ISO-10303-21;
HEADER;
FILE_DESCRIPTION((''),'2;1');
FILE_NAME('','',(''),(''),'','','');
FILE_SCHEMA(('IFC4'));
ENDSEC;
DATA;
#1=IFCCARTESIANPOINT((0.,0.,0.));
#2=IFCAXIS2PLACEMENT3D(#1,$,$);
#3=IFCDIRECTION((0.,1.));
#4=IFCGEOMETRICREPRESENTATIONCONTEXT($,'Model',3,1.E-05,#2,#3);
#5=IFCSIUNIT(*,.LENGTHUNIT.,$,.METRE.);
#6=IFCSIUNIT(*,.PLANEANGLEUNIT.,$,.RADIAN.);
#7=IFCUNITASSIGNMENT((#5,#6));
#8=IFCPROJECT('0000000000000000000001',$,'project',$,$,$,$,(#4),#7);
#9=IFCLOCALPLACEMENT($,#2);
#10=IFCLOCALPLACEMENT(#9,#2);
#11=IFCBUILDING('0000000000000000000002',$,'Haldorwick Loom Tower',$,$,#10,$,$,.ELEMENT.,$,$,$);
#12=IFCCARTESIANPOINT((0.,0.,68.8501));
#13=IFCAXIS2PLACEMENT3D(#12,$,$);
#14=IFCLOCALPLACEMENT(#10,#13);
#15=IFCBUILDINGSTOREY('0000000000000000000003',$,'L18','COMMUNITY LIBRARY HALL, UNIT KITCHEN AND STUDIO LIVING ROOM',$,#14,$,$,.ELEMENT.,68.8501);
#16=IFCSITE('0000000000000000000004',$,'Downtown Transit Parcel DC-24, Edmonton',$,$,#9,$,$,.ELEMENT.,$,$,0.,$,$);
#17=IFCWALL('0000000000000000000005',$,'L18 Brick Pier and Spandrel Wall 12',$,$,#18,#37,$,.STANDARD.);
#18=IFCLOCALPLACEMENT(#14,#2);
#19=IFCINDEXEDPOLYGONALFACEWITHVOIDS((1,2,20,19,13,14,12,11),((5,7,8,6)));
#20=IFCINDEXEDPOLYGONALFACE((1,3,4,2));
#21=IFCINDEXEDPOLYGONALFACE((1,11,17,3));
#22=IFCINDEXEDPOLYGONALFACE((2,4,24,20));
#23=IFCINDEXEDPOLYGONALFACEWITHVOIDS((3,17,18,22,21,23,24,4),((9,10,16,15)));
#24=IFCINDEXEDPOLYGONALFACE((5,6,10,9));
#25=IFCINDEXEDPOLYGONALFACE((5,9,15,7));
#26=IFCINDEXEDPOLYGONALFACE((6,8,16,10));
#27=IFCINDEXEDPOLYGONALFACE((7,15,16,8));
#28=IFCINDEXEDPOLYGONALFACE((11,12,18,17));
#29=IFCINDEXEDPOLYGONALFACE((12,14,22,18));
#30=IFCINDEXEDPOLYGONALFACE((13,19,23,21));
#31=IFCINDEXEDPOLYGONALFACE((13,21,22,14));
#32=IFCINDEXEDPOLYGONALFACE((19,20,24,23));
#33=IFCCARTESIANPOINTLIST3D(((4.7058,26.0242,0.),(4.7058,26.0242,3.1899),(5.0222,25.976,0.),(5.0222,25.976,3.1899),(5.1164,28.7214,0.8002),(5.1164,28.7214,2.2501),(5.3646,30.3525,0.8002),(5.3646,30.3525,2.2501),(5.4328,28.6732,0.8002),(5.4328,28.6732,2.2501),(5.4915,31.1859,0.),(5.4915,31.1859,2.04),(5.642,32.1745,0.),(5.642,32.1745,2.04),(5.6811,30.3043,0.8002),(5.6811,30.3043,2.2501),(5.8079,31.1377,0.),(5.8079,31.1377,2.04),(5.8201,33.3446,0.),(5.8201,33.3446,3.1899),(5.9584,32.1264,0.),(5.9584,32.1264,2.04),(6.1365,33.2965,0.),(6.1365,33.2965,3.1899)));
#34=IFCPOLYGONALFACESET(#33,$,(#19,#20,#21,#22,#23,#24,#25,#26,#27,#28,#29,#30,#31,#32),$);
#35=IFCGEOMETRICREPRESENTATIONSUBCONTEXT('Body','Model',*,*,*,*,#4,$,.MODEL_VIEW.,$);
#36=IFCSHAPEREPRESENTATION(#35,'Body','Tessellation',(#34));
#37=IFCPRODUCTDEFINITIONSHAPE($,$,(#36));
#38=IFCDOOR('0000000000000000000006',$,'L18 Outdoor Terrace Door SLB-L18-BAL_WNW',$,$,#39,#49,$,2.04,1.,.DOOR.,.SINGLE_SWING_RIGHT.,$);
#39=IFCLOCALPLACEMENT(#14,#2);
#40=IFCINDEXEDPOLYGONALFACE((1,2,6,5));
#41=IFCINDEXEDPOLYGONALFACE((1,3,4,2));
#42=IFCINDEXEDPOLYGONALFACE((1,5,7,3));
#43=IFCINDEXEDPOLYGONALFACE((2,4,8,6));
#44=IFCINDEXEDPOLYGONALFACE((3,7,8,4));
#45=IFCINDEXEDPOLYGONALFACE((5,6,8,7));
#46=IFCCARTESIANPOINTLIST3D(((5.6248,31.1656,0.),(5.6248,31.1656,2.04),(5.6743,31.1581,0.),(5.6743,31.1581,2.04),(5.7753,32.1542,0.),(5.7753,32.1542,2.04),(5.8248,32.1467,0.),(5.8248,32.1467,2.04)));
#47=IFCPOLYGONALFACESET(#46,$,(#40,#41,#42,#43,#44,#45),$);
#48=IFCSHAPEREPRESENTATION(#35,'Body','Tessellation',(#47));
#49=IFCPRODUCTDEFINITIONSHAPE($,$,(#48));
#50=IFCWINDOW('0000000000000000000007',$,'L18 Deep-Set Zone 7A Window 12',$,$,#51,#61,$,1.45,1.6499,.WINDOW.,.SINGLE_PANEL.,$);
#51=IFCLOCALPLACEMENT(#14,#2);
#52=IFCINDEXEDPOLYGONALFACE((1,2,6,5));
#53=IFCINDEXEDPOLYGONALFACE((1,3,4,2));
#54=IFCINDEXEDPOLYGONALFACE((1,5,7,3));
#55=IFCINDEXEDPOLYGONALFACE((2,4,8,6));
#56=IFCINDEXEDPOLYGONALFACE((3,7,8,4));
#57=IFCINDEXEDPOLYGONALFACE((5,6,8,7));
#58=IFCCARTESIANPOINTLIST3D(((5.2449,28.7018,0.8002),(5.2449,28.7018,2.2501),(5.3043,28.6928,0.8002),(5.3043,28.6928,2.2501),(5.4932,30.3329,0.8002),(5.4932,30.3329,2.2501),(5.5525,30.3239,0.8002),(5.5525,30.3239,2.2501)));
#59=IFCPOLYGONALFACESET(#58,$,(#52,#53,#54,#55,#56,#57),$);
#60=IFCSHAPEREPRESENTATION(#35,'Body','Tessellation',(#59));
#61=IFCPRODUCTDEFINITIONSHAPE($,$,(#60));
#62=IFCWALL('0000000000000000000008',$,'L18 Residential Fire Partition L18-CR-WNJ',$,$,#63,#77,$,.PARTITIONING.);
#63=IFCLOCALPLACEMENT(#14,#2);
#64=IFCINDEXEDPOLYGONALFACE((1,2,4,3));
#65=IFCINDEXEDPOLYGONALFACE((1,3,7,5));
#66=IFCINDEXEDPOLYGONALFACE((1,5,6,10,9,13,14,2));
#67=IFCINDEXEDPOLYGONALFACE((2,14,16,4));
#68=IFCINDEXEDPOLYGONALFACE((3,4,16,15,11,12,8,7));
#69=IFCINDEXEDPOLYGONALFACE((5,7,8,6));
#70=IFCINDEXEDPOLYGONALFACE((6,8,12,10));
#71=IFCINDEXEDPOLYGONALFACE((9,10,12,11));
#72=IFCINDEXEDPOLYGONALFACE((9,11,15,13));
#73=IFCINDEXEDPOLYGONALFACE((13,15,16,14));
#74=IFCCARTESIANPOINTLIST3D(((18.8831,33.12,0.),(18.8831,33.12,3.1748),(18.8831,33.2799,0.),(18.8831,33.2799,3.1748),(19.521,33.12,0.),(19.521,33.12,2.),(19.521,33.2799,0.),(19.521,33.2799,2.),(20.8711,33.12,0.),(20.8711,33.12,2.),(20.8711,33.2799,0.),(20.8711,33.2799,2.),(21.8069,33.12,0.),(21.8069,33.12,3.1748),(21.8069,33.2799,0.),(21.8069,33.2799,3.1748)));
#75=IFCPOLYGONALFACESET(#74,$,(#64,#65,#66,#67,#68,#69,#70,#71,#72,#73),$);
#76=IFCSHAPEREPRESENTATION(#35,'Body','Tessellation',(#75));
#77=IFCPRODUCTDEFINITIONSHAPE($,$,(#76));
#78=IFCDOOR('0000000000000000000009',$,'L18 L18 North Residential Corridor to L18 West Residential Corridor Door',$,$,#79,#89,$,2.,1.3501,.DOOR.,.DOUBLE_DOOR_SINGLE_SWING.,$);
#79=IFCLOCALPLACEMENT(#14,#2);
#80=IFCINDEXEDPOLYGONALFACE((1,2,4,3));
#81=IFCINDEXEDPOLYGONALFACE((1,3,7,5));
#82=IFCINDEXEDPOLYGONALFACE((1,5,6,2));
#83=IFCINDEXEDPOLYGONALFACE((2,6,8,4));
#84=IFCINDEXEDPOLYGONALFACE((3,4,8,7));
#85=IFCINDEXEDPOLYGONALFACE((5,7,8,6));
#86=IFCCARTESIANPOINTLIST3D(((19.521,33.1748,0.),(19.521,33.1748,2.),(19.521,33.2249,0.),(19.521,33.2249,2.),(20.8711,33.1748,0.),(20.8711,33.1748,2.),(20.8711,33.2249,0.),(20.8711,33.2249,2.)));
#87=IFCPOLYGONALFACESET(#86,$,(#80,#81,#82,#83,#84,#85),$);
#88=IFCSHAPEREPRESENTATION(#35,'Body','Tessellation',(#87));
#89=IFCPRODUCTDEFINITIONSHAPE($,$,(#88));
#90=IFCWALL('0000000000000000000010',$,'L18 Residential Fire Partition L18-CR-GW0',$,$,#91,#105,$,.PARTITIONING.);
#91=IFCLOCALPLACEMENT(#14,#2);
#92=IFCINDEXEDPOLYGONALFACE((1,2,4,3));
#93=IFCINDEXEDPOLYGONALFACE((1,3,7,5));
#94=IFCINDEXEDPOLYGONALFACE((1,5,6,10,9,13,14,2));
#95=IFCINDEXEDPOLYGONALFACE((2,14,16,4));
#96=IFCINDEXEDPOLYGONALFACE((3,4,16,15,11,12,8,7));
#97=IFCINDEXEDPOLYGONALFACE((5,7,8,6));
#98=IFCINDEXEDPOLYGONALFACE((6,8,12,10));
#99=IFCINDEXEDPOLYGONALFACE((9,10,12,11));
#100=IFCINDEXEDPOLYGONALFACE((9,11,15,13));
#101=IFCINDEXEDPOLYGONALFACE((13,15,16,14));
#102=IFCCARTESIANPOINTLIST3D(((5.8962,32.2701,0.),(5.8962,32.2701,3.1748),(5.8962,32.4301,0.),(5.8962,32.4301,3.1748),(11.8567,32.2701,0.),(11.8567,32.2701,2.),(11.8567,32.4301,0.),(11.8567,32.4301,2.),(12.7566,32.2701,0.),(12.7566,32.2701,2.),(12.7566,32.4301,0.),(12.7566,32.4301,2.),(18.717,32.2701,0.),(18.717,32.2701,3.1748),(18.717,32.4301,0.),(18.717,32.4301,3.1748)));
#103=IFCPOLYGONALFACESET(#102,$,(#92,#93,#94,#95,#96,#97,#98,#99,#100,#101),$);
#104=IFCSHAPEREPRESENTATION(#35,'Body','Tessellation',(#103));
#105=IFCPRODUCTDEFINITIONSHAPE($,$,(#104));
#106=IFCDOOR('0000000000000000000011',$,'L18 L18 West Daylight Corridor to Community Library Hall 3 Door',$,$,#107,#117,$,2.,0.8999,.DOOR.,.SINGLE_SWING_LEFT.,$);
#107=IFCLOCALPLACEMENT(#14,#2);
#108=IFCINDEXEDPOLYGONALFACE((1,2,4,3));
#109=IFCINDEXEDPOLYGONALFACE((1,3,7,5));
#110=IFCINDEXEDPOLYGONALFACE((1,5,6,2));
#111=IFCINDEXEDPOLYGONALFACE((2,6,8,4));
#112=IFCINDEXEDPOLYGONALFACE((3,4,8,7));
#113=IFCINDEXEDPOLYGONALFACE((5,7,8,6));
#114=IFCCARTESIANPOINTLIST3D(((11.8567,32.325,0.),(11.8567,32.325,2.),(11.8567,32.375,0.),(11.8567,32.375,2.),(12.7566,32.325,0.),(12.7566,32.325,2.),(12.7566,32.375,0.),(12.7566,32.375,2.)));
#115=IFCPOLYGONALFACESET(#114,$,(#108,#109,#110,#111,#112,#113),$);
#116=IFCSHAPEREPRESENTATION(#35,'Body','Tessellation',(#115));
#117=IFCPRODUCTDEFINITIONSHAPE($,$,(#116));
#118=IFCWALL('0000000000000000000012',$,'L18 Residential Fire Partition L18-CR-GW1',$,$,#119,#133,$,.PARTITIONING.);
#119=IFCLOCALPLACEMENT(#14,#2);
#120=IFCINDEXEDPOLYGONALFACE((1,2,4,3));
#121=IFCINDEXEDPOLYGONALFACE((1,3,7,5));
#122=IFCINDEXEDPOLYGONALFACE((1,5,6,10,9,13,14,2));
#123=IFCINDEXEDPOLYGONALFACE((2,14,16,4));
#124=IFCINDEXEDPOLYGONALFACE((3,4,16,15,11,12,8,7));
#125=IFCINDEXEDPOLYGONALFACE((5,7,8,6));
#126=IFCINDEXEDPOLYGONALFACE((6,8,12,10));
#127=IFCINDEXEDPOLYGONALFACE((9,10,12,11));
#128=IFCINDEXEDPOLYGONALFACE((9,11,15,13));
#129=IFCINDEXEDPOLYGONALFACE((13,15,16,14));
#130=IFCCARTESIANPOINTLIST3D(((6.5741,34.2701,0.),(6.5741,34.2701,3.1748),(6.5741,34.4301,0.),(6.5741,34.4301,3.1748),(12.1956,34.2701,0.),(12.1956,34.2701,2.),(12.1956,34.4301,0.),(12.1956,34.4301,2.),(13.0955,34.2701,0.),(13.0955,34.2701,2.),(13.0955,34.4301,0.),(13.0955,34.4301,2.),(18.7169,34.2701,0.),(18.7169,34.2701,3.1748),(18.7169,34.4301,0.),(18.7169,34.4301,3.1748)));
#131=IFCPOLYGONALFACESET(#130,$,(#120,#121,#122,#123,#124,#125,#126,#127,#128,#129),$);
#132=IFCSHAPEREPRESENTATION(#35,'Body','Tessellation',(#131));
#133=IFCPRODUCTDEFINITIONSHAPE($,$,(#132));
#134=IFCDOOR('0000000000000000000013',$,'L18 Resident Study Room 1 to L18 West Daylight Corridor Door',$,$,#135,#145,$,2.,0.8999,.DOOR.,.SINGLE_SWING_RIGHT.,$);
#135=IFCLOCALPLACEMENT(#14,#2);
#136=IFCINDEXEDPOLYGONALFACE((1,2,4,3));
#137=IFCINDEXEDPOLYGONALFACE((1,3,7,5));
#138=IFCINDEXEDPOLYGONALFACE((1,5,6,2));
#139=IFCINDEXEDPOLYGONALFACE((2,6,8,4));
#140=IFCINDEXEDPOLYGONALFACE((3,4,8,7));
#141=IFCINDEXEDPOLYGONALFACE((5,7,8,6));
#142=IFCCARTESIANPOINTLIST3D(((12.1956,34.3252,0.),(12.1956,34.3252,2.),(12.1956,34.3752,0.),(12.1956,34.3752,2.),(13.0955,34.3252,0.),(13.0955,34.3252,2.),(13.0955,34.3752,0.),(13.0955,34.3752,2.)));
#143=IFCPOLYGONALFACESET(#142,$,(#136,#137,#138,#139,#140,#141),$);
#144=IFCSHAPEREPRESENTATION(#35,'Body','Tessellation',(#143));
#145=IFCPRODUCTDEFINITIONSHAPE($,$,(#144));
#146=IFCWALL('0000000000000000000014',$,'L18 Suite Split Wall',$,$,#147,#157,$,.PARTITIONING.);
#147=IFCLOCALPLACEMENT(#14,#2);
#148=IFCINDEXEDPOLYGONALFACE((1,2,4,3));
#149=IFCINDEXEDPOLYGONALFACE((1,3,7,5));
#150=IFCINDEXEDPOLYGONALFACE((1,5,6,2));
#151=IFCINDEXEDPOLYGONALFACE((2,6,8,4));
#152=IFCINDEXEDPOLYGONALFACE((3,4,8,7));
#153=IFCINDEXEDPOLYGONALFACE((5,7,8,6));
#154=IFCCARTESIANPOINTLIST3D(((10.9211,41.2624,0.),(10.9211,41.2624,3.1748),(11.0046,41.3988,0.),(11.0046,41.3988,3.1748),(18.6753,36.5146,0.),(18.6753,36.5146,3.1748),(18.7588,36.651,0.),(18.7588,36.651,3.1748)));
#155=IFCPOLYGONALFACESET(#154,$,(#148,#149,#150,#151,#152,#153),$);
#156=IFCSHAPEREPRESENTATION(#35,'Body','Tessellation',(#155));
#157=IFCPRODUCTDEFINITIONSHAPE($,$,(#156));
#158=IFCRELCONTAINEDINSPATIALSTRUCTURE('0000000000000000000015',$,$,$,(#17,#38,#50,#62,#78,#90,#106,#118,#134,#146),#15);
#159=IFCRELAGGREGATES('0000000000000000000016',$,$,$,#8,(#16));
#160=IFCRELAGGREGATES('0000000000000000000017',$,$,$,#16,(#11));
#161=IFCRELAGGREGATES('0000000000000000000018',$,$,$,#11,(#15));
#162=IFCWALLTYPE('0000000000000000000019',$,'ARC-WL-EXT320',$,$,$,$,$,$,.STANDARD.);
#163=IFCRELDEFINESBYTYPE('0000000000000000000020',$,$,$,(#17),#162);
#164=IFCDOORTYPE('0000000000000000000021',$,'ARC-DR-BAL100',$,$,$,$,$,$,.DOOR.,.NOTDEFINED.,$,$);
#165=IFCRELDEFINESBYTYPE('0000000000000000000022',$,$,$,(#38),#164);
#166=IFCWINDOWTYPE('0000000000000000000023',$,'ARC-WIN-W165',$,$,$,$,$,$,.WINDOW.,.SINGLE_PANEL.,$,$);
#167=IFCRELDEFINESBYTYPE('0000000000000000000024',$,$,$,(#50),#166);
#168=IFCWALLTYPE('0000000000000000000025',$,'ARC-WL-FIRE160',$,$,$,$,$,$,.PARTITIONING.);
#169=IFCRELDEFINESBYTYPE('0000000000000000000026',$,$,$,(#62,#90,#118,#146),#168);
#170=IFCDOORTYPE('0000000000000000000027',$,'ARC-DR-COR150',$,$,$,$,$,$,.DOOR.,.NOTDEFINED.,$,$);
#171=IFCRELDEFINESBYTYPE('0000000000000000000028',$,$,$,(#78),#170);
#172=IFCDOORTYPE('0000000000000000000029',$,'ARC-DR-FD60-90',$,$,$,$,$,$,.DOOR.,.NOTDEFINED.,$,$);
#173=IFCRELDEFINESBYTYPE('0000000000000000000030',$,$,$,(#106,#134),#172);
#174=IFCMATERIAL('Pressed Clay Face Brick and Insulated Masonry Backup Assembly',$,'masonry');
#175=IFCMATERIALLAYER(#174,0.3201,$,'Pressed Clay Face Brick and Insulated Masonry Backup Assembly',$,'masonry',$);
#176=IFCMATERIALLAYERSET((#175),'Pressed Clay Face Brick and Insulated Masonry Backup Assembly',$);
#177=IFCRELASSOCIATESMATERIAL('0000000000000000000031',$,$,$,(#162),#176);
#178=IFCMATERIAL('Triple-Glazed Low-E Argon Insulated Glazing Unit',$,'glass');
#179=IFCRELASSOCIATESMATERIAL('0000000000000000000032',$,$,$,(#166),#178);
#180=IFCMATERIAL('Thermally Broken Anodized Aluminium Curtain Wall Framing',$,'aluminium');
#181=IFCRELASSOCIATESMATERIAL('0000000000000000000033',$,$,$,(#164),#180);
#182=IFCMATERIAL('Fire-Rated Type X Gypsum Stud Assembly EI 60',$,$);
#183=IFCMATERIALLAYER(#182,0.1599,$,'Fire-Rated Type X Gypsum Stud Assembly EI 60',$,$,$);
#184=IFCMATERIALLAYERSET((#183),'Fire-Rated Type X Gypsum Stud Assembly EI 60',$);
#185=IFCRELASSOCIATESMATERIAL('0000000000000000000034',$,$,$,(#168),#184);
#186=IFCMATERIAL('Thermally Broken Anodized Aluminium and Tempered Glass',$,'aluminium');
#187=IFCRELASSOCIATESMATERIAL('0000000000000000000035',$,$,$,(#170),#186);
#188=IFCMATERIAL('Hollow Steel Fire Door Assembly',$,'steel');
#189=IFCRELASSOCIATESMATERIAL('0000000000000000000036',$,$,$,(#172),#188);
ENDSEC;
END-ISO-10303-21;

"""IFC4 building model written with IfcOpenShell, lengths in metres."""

from ifc_helpers import new_model, si_unit, direction, frame, frame_2d, origin, place, context, subcontext, project, spatial, rectangle, extrude, material, layer, layer_set, type_object, element, fill, save


model = new_model("IFC4")

# Units and contexts
model_context = context("Model", 3, precision=1e-05, world=origin(), true_north=direction((0.0, 1.0)))
body_context = subcontext(model_context, "Body", "Model", "MODEL_VIEW")
ifc_project = project(units=[si_unit("LENGTHUNIT", "METRE"), si_unit("PLANEANGLEUNIT", "RADIAN")], contexts=[model_context])

# Site, building, storey
site_placement = place(None, origin())
site = spatial("IfcSite", under=ifc_project, at=site_placement, Name="Downtown Transit Parcel DC-24, Edmonton", CompositionType="ELEMENT", RefElevation=0.0)
building_placement = place(site_placement, origin())
building = spatial("IfcBuilding", under=site, at=building_placement, Name="Haldorwick Loom Tower", CompositionType="ELEMENT")
storey_placement = place(building_placement, frame((0.0, 0.0, 68.8501)))
storey = spatial("IfcBuildingStorey", under=building, at=storey_placement, Name="L18", Description="COMMUNITY LIBRARY HALL, UNIT KITCHEN AND STUDIO LIVING ROOM", CompositionType="ELEMENT", Elevation=68.8501)

# Shared definitions
ifc_material_1 = material(Name="Pressed Clay Face Brick and Insulated Masonry Backup Assembly", Category="masonry")
ifc_layer_1 = layer(ifc_material_1, 0.3201, Name="Pressed Clay Face Brick and Insulated Masonry Backup Assembly", Category="masonry")
ifc_layer_set_1 = layer_set([ifc_layer_1], Name="Pressed Clay Face Brick and Insulated Masonry Backup Assembly")
wall_type_1 = type_object("IfcWallType", Name="ARC-WL-EXT320", PredefinedType="STANDARD", material=ifc_layer_set_1)

# Shared definitions
ifc_material_2 = material(Name="Triple-Glazed Low-E Argon Insulated Glazing Unit", Category="glass")
window_type = type_object("IfcWindowType", Name="ARC-WIN-W165", PartitioningType="SINGLE_PANEL", PredefinedType="WINDOW", material=ifc_material_2)

# Wall, openings, door, window
wall_1_placement = place(storey_placement, frame((5.9783, 33.3206, 0.0), z_axis=(0.0, 0.0, 1.0), x_axis=(-0.150476, -0.988614, 0.0)))
wall_1 = element("IfcWall", 1, at=wall_1_placement, inside=storey, type_object=wall_type_1, Name="L18 Brick Pier and Spandrel Wall 12", PredefinedType="STANDARD", context=body_context, shape_type="SweptSolid", body=[
    extrude(rectangle(XDim=7.4048, YDim=0.3201, at=frame_2d((3.7024, 0.0))), origin(), (0.0, 0.0, 1.0), 3.1899),
])
opening_1_placement = place(wall_1_placement, frame((1.1836, 0.0, 0.0)))
opening_1 = element("IfcOpeningElement", 2, at=opening_1_placement, cuts=wall_1, PredefinedType="OPENING", context=body_context, shape_type="SweptSolid", body=[
    extrude(rectangle(XDim=1.0, YDim=2.04, at=frame_2d((0.5, 1.02))), frame((0.0, 0.1699, 0.0), z_axis=(0.0, -1.0, 0.0), x_axis=(1.0, 0.0, 0.0)), (0.0, 0.0, 1.0), 0.3401),
])
opening_2_placement = place(wall_1_placement, frame((3.0266, 0.0, 0.8)))
opening_2 = element("IfcOpeningElement", 3, at=opening_2_placement, cuts=wall_1, PredefinedType="OPENING", context=body_context, shape_type="SweptSolid", body=[
    extrude(rectangle(XDim=1.6499, YDim=1.45, at=frame_2d((0.825, 0.7251))), frame((0.0, 0.1699, 0.0), z_axis=(0.0, -1.0, 0.0), x_axis=(1.0, 0.0, 0.0)), (0.0, 0.0, 1.0), 0.3401),
])
ifc_material_3 = material(Name="Thermally Broken Anodized Aluminium Curtain Wall Framing", Category="aluminium")
door_type_1 = type_object("IfcDoorType", Name="ARC-DR-BAL100", OperationType="NOTDEFINED", PredefinedType="DOOR", material=ifc_material_3)
door_1_placement = place(opening_1_placement, origin())
door_1 = element("IfcDoor", 4, at=door_1_placement, inside=storey, type_object=door_type_1, Name="L18 Outdoor Terrace Door SLB-L18-BAL_WNW", OperationType="SINGLE_SWING_RIGHT", OverallHeight=2.04, OverallWidth=1.0, PredefinedType="DOOR", context=body_context, shape_type="SweptSolid", body=[
    extrude(rectangle(XDim=1.0, YDim=2.04, at=frame_2d((0.5, 1.02))), frame((0.0, 0.0249, 0.0), z_axis=(0.0, -1.0, 0.0), x_axis=(1.0, 0.0, 0.0)), (0.0, 0.0, 1.0), 0.05),
])
fill(opening_1, door_1)
window_1_placement = place(opening_2_placement, origin())
window_1 = element("IfcWindow", 5, at=window_1_placement, inside=storey, type_object=window_type, Name="L18 Deep-Set Zone 7A Window 12", OverallHeight=1.45, OverallWidth=1.6499, PartitioningType="SINGLE_PANEL", PredefinedType="WINDOW", context=body_context, shape_type="SweptSolid", body=[
    extrude(rectangle(XDim=1.6499, YDim=1.45, at=frame_2d((0.825, 0.7251))), frame((0.0, 0.03, 0.0), z_axis=(0.0, -1.0, 0.0), x_axis=(1.0, 0.0, 0.0)), (0.0, 0.0, 1.0), 0.0601),
])
fill(opening_2, window_1)

# Walls, openings, doors
ifc_material_4 = material(Name="Fire-Rated Type X Gypsum Stud Assembly EI 60")
ifc_layer_2 = layer(ifc_material_4, 0.1599, Name="Fire-Rated Type X Gypsum Stud Assembly EI 60")
ifc_layer_set_2 = layer_set([ifc_layer_2], Name="Fire-Rated Type X Gypsum Stud Assembly EI 60")
wall_type_2 = type_object("IfcWallType", Name="ARC-WL-FIRE160", PredefinedType="PARTITIONING", material=ifc_layer_set_2)
wall_2_placement = place(storey_placement, frame((18.8831, 33.2, 0.0), z_axis=(0.0, 0.0, 1.0), x_axis=(1.0, 0.0, 0.0)))
wall_2 = element("IfcWall", 6, at=wall_2_placement, inside=storey, type_object=wall_type_2, Name="L18 Residential Fire Partition L18-CR-WNJ", PredefinedType="PARTITIONING", context=body_context, shape_type="SweptSolid", body=[
    extrude(rectangle(XDim=2.9238, YDim=0.1599, at=frame_2d((1.4619, 0.0))), origin(), (0.0, 0.0, 1.0), 3.1748),
])
opening_3_placement = place(wall_2_placement, frame((0.6379, 0.0, 0.0)))
opening_3 = element("IfcOpeningElement", 7, at=opening_3_placement, cuts=wall_2, PredefinedType="OPENING", context=body_context, shape_type="SweptSolid", body=[
    extrude(rectangle(XDim=1.3501, YDim=2.0, at=frame_2d((0.675, 1.0))), frame((0.0, 0.0898, 0.0), z_axis=(0.0, -1.0, 0.0), x_axis=(1.0, 0.0, 0.0)), (0.0, 0.0, 1.0), 0.1799),
])
ifc_material_5 = material(Name="Thermally Broken Anodized Aluminium and Tempered Glass", Category="aluminium")
door_type_2 = type_object("IfcDoorType", Name="ARC-DR-COR150", OperationType="NOTDEFINED", PredefinedType="DOOR", material=ifc_material_5)
door_2_placement = place(opening_3_placement, origin())
door_2 = element("IfcDoor", 8, at=door_2_placement, inside=storey, type_object=door_type_2, Name="L18 L18 North Residential Corridor to L18 West Residential Corridor Door", OperationType="DOUBLE_DOOR_SINGLE_SWING", OverallHeight=2.0, OverallWidth=1.3501, PredefinedType="DOOR", context=body_context, shape_type="SweptSolid", body=[
    extrude(rectangle(XDim=1.3501, YDim=2.0, at=frame_2d((0.675, 1.0))), frame((0.0, 0.0249, 0.0), z_axis=(0.0, -1.0, 0.0), x_axis=(1.0, 0.0, 0.0)), (0.0, 0.0, 1.0), 0.05),
])
fill(opening_3, door_2)
wall_3_placement = place(storey_placement, frame((5.8962, 32.3501, 0.0), z_axis=(0.0, 0.0, 1.0), x_axis=(1.0, 0.0, 0.0)))
wall_3 = element("IfcWall", 9, at=wall_3_placement, inside=storey, type_object=wall_type_2, Name="L18 Residential Fire Partition L18-CR-GW0", PredefinedType="PARTITIONING", context=body_context, shape_type="SweptSolid", body=[
    extrude(rectangle(XDim=12.8208, YDim=0.1599, at=frame_2d((6.4104, 0.0))), origin(), (0.0, 0.0, 1.0), 3.1748),
])
opening_4_placement = place(wall_3_placement, frame((5.9604, 0.0, 0.0)))
opening_4 = element("IfcOpeningElement", 10, at=opening_4_placement, cuts=wall_3, PredefinedType="OPENING", context=body_context, shape_type="SweptSolid", body=[
    extrude(rectangle(XDim=0.8999, YDim=2.0, at=frame_2d((0.45, 1.0))), frame((0.0, 0.0898, 0.0), z_axis=(0.0, -1.0, 0.0), x_axis=(1.0, 0.0, 0.0)), (0.0, 0.0, 1.0), 0.1799),
])
ifc_material_6 = material(Name="Hollow Steel Fire Door Assembly", Category="steel")
door_type_3 = type_object("IfcDoorType", Name="ARC-DR-FD60-90", OperationType="NOTDEFINED", PredefinedType="DOOR", material=ifc_material_6)
door_3_placement = place(opening_4_placement, origin())
door_3 = element("IfcDoor", 11, at=door_3_placement, inside=storey, type_object=door_type_3, Name="L18 L18 West Daylight Corridor to Community Library Hall 3 Door", OperationType="SINGLE_SWING_LEFT", OverallHeight=2.0, OverallWidth=0.8999, PredefinedType="DOOR", context=body_context, shape_type="SweptSolid", body=[
    extrude(rectangle(XDim=0.8999, YDim=2.0, at=frame_2d((0.45, 1.0))), frame((0.0, 0.0249, 0.0), z_axis=(0.0, -1.0, 0.0), x_axis=(1.0, 0.0, 0.0)), (0.0, 0.0, 1.0), 0.05),
])
fill(opening_4, door_3)
wall_4_placement = place(storey_placement, frame((6.5742, 34.3501, 0.0), z_axis=(0.0, 0.0, 1.0), x_axis=(1.0, 0.0, 0.0)))
wall_4 = element("IfcWall", 12, at=wall_4_placement, inside=storey, type_object=wall_type_2, Name="L18 Residential Fire Partition L18-CR-GW1", PredefinedType="PARTITIONING", context=body_context, shape_type="SweptSolid", body=[
    extrude(rectangle(XDim=12.1428, YDim=0.1599, at=frame_2d((6.0713, 0.0))), origin(), (0.0, 0.0, 1.0), 3.1748),
])
opening_5_placement = place(wall_4_placement, frame((5.6213, 0.0, 0.0)))
opening_5 = element("IfcOpeningElement", 13, at=opening_5_placement, cuts=wall_4, PredefinedType="OPENING", context=body_context, shape_type="SweptSolid", body=[
    extrude(rectangle(XDim=0.8999, YDim=2.0, at=frame_2d((0.45, 1.0))), frame((0.0, 0.0898, 0.0), z_axis=(0.0, -1.0, 0.0), x_axis=(1.0, 0.0, 0.0)), (0.0, 0.0, 1.0), 0.1799),
])
door_4_placement = place(opening_5_placement, frame((0.8999, 0.0, 0.0), z_axis=(0.0, 0.0, 1.0), x_axis=(-1.0, 0.0, 0.0)))
door_4 = element("IfcDoor", 14, at=door_4_placement, inside=storey, type_object=door_type_3, Name="L18 Resident Study Room 1 to L18 West Daylight Corridor Door", OperationType="SINGLE_SWING_RIGHT", OverallHeight=2.0, OverallWidth=0.8999, PredefinedType="DOOR", context=body_context, shape_type="SweptSolid", body=[
    extrude(rectangle(XDim=0.8999, YDim=2.0, at=frame_2d((0.45, 1.0))), frame((0.0, 0.0249, 0.0), z_axis=(0.0, -1.0, 0.0), x_axis=(1.0, 0.0, 0.0)), (0.0, 0.0, 1.0), 0.05),
])
fill(opening_5, door_4)

# Wall
wall_5_placement = place(storey_placement, frame((18.717, 36.5828, 0.0), z_axis=(0.0, 0.0, 1.0), x_axis=(-0.852833, 0.522183, 0.0)))
element("IfcWall", 15, at=wall_5_placement, inside=storey, type_object=wall_type_2, Name="L18 Suite Split Wall", PredefinedType="PARTITIONING", context=body_context, shape_type="SweptSolid", body=[
    extrude(rectangle(XDim=9.0923, YDim=0.1599, at=frame_2d((4.5461, 0.0))), origin(), (0.0, 0.0, 1.0), 3.1748),
])

save(model, "model.ifc")
